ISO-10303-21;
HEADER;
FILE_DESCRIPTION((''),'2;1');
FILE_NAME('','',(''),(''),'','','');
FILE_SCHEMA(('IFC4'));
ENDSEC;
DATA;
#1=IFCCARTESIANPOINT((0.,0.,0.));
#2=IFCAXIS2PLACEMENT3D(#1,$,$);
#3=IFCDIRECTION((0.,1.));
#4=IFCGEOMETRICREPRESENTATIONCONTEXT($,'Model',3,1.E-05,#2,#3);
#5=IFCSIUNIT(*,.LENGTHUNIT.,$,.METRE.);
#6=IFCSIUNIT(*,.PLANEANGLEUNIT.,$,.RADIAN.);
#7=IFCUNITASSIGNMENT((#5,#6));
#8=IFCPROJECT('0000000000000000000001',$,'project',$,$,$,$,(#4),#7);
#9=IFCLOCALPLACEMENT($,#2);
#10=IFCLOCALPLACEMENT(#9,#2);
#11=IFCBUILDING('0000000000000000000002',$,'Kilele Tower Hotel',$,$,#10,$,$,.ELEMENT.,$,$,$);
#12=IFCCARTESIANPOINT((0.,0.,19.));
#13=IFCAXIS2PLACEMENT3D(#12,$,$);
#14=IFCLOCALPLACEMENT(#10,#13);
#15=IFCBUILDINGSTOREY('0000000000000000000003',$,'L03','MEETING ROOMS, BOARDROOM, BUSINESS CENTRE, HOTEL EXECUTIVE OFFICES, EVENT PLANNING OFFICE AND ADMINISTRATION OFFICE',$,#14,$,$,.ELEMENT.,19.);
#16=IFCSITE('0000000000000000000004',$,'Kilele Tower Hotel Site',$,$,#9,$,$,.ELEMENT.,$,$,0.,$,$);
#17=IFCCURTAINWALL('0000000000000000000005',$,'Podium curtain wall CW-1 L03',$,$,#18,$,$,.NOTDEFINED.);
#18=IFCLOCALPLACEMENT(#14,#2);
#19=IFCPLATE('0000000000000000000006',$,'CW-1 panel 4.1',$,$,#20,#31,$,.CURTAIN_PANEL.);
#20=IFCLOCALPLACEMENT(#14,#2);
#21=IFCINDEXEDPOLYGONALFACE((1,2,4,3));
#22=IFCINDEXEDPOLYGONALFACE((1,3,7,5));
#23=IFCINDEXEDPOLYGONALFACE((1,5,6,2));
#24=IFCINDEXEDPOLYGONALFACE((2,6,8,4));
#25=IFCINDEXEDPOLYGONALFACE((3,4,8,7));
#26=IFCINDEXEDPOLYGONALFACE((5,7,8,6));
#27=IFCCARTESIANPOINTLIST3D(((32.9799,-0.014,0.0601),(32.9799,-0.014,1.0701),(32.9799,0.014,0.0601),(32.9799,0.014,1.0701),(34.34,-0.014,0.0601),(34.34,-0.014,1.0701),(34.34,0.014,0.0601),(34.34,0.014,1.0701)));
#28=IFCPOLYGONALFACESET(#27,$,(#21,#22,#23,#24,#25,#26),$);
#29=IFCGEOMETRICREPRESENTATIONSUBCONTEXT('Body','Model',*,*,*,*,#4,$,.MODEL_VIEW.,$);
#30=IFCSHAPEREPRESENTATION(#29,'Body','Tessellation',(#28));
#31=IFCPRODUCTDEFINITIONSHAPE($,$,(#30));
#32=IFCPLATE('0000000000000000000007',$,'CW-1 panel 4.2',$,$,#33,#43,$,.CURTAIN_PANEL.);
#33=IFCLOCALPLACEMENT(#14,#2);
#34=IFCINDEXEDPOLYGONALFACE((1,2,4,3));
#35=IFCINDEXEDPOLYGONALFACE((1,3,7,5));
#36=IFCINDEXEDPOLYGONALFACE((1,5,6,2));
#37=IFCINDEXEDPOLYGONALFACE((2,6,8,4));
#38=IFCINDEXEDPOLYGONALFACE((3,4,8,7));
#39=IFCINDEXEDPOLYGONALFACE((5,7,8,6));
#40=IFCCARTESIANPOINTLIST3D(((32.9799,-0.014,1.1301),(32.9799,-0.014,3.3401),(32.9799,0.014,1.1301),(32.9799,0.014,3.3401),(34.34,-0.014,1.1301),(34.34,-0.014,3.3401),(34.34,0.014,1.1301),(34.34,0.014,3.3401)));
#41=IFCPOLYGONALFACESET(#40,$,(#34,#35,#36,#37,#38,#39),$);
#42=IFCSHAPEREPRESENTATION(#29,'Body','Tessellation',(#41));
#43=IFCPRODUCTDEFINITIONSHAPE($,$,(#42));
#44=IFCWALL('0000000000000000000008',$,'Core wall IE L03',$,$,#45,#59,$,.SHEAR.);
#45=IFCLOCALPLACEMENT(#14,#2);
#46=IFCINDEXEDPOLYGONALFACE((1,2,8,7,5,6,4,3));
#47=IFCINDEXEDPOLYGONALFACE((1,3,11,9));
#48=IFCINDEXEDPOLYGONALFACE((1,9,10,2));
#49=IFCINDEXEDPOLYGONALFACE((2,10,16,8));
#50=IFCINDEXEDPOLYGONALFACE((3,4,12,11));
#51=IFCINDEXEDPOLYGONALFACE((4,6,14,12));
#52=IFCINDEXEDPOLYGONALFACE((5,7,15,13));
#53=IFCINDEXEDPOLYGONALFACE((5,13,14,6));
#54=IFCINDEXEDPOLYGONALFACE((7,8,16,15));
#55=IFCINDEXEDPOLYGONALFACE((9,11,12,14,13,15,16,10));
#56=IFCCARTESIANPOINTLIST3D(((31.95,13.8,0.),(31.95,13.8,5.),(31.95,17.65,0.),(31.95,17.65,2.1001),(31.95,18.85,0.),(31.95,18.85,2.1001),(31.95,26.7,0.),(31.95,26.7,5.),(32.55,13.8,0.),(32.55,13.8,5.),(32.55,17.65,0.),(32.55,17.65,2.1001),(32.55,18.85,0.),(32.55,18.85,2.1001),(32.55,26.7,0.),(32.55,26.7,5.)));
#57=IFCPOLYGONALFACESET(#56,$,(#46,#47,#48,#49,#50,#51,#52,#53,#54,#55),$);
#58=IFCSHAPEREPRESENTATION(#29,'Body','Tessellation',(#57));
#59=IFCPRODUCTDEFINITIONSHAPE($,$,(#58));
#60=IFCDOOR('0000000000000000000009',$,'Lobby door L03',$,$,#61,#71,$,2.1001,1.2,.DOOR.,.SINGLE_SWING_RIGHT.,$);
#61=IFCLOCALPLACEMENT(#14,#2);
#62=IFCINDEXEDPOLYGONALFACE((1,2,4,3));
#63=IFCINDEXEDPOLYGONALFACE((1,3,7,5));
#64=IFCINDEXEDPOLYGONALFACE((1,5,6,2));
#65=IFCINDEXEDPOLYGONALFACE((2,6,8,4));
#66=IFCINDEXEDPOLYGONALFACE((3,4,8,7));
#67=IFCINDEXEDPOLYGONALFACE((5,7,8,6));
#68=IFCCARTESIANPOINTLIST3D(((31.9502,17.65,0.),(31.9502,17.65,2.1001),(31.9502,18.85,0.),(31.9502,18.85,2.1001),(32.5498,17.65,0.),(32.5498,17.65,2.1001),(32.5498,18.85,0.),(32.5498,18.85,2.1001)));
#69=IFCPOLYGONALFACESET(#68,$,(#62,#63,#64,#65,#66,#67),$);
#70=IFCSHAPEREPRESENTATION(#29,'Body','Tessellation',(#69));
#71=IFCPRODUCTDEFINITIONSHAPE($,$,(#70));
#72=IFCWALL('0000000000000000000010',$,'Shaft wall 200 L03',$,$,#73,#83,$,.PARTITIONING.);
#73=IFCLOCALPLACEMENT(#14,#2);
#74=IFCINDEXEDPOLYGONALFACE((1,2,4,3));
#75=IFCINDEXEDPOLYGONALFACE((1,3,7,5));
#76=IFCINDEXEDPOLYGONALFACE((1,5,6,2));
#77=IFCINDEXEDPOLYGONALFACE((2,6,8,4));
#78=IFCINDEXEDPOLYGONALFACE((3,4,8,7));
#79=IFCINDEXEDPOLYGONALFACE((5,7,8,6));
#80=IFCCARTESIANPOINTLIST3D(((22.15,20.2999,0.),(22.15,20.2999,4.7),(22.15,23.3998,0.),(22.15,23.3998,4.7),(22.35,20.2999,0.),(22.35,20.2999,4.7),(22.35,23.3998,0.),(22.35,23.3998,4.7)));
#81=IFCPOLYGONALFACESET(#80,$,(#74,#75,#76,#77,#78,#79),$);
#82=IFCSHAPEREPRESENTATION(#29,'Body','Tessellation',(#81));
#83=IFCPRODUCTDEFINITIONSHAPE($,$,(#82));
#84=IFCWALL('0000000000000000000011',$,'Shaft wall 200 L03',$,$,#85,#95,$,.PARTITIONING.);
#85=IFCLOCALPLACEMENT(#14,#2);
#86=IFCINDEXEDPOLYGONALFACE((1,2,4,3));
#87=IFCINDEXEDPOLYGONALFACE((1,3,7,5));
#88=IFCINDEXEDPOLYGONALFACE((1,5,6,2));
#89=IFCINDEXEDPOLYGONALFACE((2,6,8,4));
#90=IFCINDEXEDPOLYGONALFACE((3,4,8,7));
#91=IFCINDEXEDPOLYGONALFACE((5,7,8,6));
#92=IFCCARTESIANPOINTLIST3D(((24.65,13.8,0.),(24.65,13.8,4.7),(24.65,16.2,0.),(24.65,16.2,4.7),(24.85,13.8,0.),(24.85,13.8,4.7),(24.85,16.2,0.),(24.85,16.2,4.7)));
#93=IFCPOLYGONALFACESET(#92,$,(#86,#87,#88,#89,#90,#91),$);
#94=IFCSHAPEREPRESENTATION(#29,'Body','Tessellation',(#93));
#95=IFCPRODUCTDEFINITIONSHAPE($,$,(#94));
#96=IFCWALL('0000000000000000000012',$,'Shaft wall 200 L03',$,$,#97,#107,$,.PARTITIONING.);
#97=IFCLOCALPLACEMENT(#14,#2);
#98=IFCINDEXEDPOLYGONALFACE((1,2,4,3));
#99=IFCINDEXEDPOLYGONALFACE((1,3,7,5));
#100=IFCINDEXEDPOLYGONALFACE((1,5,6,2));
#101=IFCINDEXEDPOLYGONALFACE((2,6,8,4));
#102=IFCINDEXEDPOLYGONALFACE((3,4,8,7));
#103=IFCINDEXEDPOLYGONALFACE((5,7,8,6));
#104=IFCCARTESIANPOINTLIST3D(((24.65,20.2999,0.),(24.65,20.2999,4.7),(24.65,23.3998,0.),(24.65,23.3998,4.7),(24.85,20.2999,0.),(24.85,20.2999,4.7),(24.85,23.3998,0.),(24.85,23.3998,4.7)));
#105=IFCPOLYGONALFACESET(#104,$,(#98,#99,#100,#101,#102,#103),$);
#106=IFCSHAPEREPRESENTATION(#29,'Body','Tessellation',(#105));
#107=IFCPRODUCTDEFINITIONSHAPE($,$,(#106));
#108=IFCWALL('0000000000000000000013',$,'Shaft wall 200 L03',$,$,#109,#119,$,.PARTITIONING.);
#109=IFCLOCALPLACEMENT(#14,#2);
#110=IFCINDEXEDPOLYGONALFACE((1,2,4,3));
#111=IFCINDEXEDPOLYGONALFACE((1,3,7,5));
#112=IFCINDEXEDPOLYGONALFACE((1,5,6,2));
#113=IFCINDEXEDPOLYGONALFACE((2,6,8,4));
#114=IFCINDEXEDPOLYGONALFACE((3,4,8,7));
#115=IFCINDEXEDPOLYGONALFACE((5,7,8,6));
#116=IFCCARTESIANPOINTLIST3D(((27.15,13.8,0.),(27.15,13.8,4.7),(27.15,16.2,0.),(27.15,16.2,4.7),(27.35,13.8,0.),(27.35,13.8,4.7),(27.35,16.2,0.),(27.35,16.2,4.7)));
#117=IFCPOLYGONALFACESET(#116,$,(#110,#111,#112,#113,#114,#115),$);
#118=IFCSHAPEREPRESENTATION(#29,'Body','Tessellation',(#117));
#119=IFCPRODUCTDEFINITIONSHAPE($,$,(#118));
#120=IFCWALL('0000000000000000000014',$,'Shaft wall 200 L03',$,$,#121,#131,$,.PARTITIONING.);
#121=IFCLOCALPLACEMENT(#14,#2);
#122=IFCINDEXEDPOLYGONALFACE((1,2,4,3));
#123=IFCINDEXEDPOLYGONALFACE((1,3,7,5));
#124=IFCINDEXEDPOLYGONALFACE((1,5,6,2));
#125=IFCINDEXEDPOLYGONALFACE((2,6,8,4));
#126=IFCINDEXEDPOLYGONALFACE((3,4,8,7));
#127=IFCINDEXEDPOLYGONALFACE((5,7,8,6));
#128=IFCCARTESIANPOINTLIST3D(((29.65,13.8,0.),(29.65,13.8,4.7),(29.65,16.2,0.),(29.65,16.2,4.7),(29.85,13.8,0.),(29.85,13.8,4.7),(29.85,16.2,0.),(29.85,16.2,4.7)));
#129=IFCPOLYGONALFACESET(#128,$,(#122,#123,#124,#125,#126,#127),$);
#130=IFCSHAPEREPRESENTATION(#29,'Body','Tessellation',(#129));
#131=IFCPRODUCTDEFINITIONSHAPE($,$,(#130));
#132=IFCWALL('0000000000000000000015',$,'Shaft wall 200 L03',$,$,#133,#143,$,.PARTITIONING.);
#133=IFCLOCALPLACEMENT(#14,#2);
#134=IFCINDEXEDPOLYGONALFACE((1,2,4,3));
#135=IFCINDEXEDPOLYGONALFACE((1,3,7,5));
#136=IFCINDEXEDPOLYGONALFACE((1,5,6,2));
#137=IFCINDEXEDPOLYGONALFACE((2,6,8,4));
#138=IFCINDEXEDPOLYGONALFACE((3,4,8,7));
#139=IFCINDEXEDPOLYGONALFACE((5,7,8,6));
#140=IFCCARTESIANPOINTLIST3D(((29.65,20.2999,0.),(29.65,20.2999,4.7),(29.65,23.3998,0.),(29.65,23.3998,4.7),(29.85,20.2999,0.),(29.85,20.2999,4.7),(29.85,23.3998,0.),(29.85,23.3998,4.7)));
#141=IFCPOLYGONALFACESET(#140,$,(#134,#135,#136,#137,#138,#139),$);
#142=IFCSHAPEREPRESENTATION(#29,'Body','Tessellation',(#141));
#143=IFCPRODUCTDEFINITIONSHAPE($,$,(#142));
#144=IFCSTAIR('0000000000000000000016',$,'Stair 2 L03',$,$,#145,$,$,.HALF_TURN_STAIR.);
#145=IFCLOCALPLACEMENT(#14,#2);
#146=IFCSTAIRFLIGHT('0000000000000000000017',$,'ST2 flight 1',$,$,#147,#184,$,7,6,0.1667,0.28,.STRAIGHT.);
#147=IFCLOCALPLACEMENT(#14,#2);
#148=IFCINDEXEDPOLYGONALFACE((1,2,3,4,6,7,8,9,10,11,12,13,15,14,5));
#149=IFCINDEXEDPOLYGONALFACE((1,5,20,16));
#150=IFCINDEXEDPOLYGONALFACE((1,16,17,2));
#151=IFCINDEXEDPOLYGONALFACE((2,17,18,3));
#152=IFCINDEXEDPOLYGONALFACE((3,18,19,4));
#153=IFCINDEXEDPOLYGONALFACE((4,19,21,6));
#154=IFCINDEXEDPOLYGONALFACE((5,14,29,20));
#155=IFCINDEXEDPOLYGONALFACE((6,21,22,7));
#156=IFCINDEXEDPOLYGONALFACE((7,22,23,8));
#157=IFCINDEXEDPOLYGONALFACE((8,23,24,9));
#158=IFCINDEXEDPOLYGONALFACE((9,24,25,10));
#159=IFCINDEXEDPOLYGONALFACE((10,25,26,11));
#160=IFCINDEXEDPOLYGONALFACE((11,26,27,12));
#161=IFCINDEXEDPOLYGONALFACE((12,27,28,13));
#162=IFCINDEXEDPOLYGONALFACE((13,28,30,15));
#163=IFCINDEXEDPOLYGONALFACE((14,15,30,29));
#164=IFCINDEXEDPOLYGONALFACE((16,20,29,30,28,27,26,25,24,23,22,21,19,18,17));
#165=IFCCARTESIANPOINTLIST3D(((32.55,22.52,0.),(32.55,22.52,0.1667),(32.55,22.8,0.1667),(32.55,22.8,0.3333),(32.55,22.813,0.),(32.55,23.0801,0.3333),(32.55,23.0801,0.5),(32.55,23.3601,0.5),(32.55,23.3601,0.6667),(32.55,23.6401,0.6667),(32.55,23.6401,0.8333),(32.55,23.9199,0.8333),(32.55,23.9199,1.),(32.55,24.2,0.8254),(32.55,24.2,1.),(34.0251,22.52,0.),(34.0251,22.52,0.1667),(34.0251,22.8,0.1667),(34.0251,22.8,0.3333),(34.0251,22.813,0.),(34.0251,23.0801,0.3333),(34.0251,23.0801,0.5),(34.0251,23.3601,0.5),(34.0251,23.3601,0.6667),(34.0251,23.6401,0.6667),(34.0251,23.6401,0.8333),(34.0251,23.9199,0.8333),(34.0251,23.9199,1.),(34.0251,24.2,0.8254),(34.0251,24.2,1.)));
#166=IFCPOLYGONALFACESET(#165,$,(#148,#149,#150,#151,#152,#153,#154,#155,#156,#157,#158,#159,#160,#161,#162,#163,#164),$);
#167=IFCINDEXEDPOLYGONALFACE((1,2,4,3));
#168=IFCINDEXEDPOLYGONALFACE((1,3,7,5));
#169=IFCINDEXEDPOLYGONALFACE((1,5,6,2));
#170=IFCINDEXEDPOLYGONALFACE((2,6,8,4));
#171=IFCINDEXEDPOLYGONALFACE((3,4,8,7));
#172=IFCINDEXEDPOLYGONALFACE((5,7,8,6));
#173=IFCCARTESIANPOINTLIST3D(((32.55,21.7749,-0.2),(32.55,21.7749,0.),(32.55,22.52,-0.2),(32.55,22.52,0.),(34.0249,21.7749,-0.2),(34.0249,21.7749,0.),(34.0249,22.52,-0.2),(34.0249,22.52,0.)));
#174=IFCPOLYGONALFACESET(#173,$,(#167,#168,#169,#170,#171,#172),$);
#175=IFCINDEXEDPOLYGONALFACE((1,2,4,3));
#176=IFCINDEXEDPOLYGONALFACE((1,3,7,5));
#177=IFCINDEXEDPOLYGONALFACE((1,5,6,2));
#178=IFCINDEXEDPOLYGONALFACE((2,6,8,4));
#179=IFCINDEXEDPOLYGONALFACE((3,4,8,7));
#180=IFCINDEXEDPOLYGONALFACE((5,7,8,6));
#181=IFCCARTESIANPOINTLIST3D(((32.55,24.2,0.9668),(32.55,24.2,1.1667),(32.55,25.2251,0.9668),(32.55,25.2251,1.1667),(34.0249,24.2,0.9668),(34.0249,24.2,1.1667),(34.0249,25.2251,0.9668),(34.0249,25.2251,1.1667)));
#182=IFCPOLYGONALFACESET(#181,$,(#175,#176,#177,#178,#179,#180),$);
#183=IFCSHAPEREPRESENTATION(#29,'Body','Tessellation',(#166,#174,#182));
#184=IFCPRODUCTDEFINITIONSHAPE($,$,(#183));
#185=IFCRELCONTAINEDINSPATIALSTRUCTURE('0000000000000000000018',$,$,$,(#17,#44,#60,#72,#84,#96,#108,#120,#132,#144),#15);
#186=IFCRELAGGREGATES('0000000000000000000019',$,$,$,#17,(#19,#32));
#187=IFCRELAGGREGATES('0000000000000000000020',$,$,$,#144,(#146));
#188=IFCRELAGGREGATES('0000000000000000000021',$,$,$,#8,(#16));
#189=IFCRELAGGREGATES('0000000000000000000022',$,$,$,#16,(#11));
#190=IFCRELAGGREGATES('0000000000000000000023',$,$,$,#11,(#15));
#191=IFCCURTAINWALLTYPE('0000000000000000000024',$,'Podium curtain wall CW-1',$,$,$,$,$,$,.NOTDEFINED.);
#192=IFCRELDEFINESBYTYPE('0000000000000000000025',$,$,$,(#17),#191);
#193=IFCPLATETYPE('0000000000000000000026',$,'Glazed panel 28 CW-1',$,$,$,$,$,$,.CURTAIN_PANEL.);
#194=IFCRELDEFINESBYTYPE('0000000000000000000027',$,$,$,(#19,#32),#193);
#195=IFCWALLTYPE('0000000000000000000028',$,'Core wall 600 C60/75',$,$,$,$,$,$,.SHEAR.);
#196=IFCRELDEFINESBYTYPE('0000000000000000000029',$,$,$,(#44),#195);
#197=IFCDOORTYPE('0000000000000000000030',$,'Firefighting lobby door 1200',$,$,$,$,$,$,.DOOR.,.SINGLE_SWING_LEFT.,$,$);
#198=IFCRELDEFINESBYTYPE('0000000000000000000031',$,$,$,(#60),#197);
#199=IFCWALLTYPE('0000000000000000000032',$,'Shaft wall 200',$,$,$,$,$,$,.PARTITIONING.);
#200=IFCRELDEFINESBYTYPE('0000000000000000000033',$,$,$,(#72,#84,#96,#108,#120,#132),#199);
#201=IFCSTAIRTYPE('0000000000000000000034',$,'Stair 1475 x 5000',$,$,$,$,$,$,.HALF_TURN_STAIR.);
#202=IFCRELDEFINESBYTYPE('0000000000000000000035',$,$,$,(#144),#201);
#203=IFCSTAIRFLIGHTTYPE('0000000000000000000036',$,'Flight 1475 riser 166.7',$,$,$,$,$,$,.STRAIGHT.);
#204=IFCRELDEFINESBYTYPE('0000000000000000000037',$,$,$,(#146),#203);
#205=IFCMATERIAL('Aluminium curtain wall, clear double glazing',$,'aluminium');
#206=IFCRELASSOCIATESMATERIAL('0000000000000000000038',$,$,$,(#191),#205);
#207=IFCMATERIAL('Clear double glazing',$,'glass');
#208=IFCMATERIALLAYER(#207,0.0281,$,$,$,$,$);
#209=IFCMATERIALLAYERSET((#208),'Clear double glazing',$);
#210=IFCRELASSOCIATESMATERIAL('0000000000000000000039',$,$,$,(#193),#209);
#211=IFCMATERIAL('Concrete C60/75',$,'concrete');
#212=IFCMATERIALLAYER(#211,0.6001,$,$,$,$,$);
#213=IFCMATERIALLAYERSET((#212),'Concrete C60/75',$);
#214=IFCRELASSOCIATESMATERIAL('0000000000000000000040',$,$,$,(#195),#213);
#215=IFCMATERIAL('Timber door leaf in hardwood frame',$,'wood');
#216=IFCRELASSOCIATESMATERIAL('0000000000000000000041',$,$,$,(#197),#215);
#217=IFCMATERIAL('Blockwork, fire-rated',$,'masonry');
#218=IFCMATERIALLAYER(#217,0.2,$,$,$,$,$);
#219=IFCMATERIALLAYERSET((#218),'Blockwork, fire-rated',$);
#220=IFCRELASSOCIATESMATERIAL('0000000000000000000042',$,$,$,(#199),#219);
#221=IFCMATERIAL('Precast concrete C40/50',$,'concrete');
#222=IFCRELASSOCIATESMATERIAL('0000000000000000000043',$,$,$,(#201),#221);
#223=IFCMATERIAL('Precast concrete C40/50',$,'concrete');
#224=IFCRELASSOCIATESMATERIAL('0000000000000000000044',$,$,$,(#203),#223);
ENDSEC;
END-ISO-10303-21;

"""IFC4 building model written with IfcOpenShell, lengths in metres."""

from ifc_helpers import new_model, si_unit, direction, frame, frame_2d, origin, origin_2d, place, context, subcontext, project, spatial, polyline, rectangle, outline, extrude, material, layer, layer_set, type_object, element, fill, aggregate, save


model = new_model("IFC4")

# Units and contexts
model_context = context("Model", 3, precision=1e-05, world=origin(), true_north=direction((0.0, 1.0)))
body_context = subcontext(model_context, "Body", "Model", "MODEL_VIEW")
ifc_project = project(units=[si_unit("LENGTHUNIT", "METRE"), si_unit("PLANEANGLEUNIT", "RADIAN")], contexts=[model_context])

# Site, building, storey
site_placement = place(None, origin())
site = spatial("IfcSite", under=ifc_project, at=site_placement, Name="Kilele Tower Hotel Site", CompositionType="ELEMENT", RefElevation=0.0)
building_placement = place(site_placement, origin())
building = spatial("IfcBuilding", under=site, at=building_placement, Name="Kilele Tower Hotel", CompositionType="ELEMENT")
storey_placement = place(building_placement, frame((0.0, 0.0, 19.0)))
storey = spatial("IfcBuildingStorey", under=building, at=storey_placement, Name="L03", Description="MEETING ROOMS, BOARDROOM, BUSINESS CENTRE, HOTEL EXECUTIVE OFFICES, EVENT PLANNING OFFICE AND ADMINISTRATION OFFICE", CompositionType="ELEMENT", Elevation=19.0)

# Curtain wall, plates
ifc_material_1 = material(Name="Aluminium curtain wall, clear double glazing", Category="aluminium")
curtain_wall_type = type_object("IfcCurtainWallType", Name="Podium curtain wall CW-1", PredefinedType="NOTDEFINED", material=ifc_material_1)
curtain_wall_placement = place(storey_placement, origin())
curtain_wall = element("IfcCurtainWall", 1, at=curtain_wall_placement, inside=storey, type_object=curtain_wall_type, Name="Podium curtain wall CW-1 L03", PredefinedType="NOTDEFINED")
ifc_material_2 = material(Name="Clear double glazing", Category="glass")
ifc_layer_1 = layer(ifc_material_2, 0.0281)
ifc_layer_set_1 = layer_set([ifc_layer_1], Name="Clear double glazing")
plate_type = type_object("IfcPlateType", Name="Glazed panel 28 CW-1", PredefinedType="CURTAIN_PANEL", material=ifc_layer_set_1)
plate_1_placement = place(storey_placement, frame((33.6599, 0.0, 0.0601), z_axis=(0.0, 0.0, 1.0), x_axis=(1.0, 0.0, 0.0)))
plate_1 = element("IfcPlate", 2, at=plate_1_placement, type_object=plate_type, Name="CW-1 panel 4.1", PredefinedType="CURTAIN_PANEL", context=body_context, shape_type="SweptSolid", body=[
    extrude(rectangle(XDim=1.3601, YDim=0.0281, at=origin_2d()), origin(), (0.0, 0.0, 1.0), 1.01),
])
plate_2_placement = place(storey_placement, frame((33.6599, 0.0, 1.1301), z_axis=(0.0, 0.0, 1.0), x_axis=(1.0, 0.0, 0.0)))
plate_2 = element("IfcPlate", 3, at=plate_2_placement, type_object=plate_type, Name="CW-1 panel 4.2", PredefinedType="CURTAIN_PANEL", context=body_context, shape_type="SweptSolid", body=[
    extrude(rectangle(XDim=1.3601, YDim=0.0281, at=origin_2d()), origin(), (0.0, 0.0, 1.0), 2.21),
])
aggregate(curtain_wall, [plate_1, plate_2])

# Wall, opening, door
ifc_material_3 = material(Name="Concrete C60/75", Category="concrete")
ifc_layer_2 = layer(ifc_material_3, 0.6001)
ifc_layer_set_2 = layer_set([ifc_layer_2], Name="Concrete C60/75")
wall_type_1 = type_object("IfcWallType", Name="Core wall 600 C60/75", PredefinedType="SHEAR", material=ifc_layer_set_2)
wall_1_placement = place(storey_placement, frame((32.25, 13.8, 0.0), z_axis=(0.0, 0.0, 1.0), x_axis=(0.0, 1.0, 0.0)))
wall_1 = element("IfcWall", 4, at=wall_1_placement, inside=storey, type_object=wall_type_1, Name="Core wall IE L03", PredefinedType="SHEAR", context=body_context, shape_type="SweptSolid", body=[
    extrude(rectangle(XDim=12.8999, YDim=0.6001, at=frame_2d((6.45, 0.0))), origin(), (0.0, 0.0, 1.0), 5.0),
])
opening_placement = place(wall_1_placement, frame((5.05, 0.0, 0.0), z_axis=(0.0, 0.0, 1.0), x_axis=(-1.0, 0.0, 0.0)))
opening = element("IfcOpeningElement", 5, at=opening_placement, cuts=wall_1, PredefinedType="OPENING", context=body_context, shape_type="SweptSolid", body=[
    extrude(rectangle(XDim=1.2, YDim=2.1001, at=frame_2d((0.6001, 1.05))), frame((0.0, 0.3101, 0.0), z_axis=(0.0, -1.0, 0.0), x_axis=(1.0, 0.0, 0.0)), (0.0, 0.0, 1.0), 0.6201),
])
ifc_material_4 = material(Name="Timber door leaf in hardwood frame", Category="wood")
door_type = type_object("IfcDoorType", Name="Firefighting lobby door 1200", OperationType="SINGLE_SWING_LEFT", PredefinedType="DOOR", material=ifc_material_4)
door_placement = place(opening_placement, origin())
door = element("IfcDoor", 6, at=door_placement, inside=storey, type_object=door_type, Name="Lobby door L03", OperationType="SINGLE_SWING_RIGHT", OverallHeight=2.1001, OverallWidth=1.2, PredefinedType="DOOR", context=body_context, shape_type="SweptSolid", body=[
    extrude(rectangle(XDim=1.2, YDim=2.1001, at=frame_2d((0.6001, 1.05))), frame((0.0, 0.2998, 0.0), z_axis=(0.0, -1.0, 0.0), x_axis=(1.0, 0.0, 0.0)), (0.0, 0.0, 1.0), 0.5996),
])
fill(opening, door)

# Walls
ifc_material_5 = material(Name="Blockwork, fire-rated", Category="masonry")
ifc_layer_3 = layer(ifc_material_5, 0.2)
ifc_layer_set_3 = layer_set([ifc_layer_3], Name="Blockwork, fire-rated")
wall_type_2 = type_object("IfcWallType", Name="Shaft wall 200", PredefinedType="PARTITIONING", material=ifc_layer_set_3)
wall_2_placement = place(storey_placement, frame((22.25, 20.3, 0.0), z_axis=(0.0, 0.0, 1.0), x_axis=(0.0, 1.0, 0.0)))
element("IfcWall", 7, at=wall_2_placement, inside=storey, type_object=wall_type_2, Name="Shaft wall 200 L03", PredefinedType="PARTITIONING", context=body_context, shape_type="SweptSolid", body=[
    extrude(rectangle(XDim=3.0999, YDim=0.2, at=frame_2d((1.5498, 0.0))), origin(), (0.0, 0.0, 1.0), 4.7),
])
wall_3_placement = place(storey_placement, frame((24.75, 13.8, 0.0), z_axis=(0.0, 0.0, 1.0), x_axis=(0.0, 1.0, 0.0)))
element("IfcWall", 8, at=wall_3_placement, inside=storey, type_object=wall_type_2, Name="Shaft wall 200 L03", PredefinedType="PARTITIONING", context=body_context, shape_type="SweptSolid", body=[
    extrude(rectangle(XDim=2.3999, YDim=0.2, at=frame_2d((1.2, 0.0))), origin(), (0.0, 0.0, 1.0), 4.7),
])
wall_4_placement = place(storey_placement, frame((24.75, 20.3, 0.0), z_axis=(0.0, 0.0, 1.0), x_axis=(0.0, 1.0, 0.0)))
element("IfcWall", 9, at=wall_4_placement, inside=storey, type_object=wall_type_2, Name="Shaft wall 200 L03", PredefinedType="PARTITIONING", context=body_context, shape_type="SweptSolid", body=[
    extrude(rectangle(XDim=3.0999, YDim=0.2, at=frame_2d((1.5498, 0.0))), origin(), (0.0, 0.0, 1.0), 4.7),
])
for number, where, z_axis, x_axis, name in (
    (10, (27.25, 13.8, 0.0), (0.0, 0.0, 1.0), (0.0, 1.0, 0.0), "Shaft wall 200 L03"),
    (11, (29.75, 13.8, 0.0), (0.0, 0.0, 1.0), (0.0, 1.0, 0.0), "Shaft wall 200 L03"),
):
    element("IfcWall", number, at=place(storey_placement, frame(where, z_axis=z_axis, x_axis=x_axis)), inside=storey, type_object=wall_type_2, Name=name, PredefinedType="PARTITIONING", context=body_context, shape_type="SweptSolid", body=[
        extrude(rectangle(XDim=2.3999, YDim=0.2, at=frame_2d((1.2, 0.0))), origin(), (0.0, 0.0, 1.0), 4.7),
    ])
wall_5_placement = place(storey_placement, frame((29.75, 20.3, 0.0), z_axis=(0.0, 0.0, 1.0), x_axis=(0.0, 1.0, 0.0)))
element("IfcWall", 12, at=wall_5_placement, inside=storey, type_object=wall_type_2, Name="Shaft wall 200 L03", PredefinedType="PARTITIONING", context=body_context, shape_type="SweptSolid", body=[
    extrude(rectangle(XDim=3.0999, YDim=0.2, at=frame_2d((1.5498, 0.0))), origin(), (0.0, 0.0, 1.0), 4.7),
])

# Stair, stair flight
ifc_material_6 = material(Name="Precast concrete C40/50", Category="concrete")
stair_type = type_object("IfcStairType", Name="Stair 1475 x 5000", PredefinedType="HALF_TURN_STAIR", material=ifc_material_6)
stair_placement = place(storey_placement, origin())
stair = element("IfcStair", 13, at=stair_placement, inside=storey, type_object=stair_type, Name="Stair 2 L03", PredefinedType="HALF_TURN_STAIR")
ifc_material_7 = material(Name="Precast concrete C40/50", Category="concrete")
stair_flight_type = type_object("IfcStairFlightType", Name="Flight 1475 riser 166.7", PredefinedType="STRAIGHT", material=ifc_material_7)
stair_flight_placement = place(storey_placement, frame((33.2876, 22.52, 0.0), z_axis=(0.0, 0.0, 1.0), x_axis=(0.0, 1.0, 0.0)))
stair_flight = element("IfcStairFlight", 14, at=stair_flight_placement, type_object=stair_flight_type, Name="ST2 flight 1", NumberOfRisers=7, NumberOfTreads=6, PredefinedType="STRAIGHT", RiserHeight=0.1667, TreadLength=0.28, context=body_context, shape_type="SweptSolid", body=[
    extrude(outline(polyline([(0.0, 0.0), (0.0, 0.1667), (0.28, 0.1667), (0.28, 0.3333), (0.5601, 0.3333), (0.5601, 0.5), (0.8401, 0.5), (0.8401, 0.6667), (1.1201, 0.6667), (1.1201, 0.8333), (1.3999, 0.8333), (1.3999, 1.0), (1.6799, 1.0), (1.6799, 1.1667), (1.6799, 0.8254), (0.293, 0.0), (0.0, 0.0)])), frame((0.0, 0.7375, 0.0), z_axis=(0.0, -1.0, 0.0), x_axis=(1.0, 0.0, 0.0)), (0.0, 0.0, 1.0), 1.4751),
    extrude(outline(polyline([(-0.7451, 0.7375), (-0.7451, -0.7373), (0.0, -0.7373), (0.0, 0.7375), (-0.7451, 0.7375)])), frame((0.0, 0.0, -0.2)), (0.0, 0.0, 1.0), 0.2),
    extrude(outline(polyline([(1.6799, 0.7375), (1.6799, -0.7373), (2.7051, -0.7373), (2.7051, 0.7375), (1.6799, 0.7375)])), frame((0.0, 0.0, 0.9668)), (0.0, 0.0, 1.0), 0.2),
])
aggregate(stair, [stair_flight])

save(model, "model.ifc")
